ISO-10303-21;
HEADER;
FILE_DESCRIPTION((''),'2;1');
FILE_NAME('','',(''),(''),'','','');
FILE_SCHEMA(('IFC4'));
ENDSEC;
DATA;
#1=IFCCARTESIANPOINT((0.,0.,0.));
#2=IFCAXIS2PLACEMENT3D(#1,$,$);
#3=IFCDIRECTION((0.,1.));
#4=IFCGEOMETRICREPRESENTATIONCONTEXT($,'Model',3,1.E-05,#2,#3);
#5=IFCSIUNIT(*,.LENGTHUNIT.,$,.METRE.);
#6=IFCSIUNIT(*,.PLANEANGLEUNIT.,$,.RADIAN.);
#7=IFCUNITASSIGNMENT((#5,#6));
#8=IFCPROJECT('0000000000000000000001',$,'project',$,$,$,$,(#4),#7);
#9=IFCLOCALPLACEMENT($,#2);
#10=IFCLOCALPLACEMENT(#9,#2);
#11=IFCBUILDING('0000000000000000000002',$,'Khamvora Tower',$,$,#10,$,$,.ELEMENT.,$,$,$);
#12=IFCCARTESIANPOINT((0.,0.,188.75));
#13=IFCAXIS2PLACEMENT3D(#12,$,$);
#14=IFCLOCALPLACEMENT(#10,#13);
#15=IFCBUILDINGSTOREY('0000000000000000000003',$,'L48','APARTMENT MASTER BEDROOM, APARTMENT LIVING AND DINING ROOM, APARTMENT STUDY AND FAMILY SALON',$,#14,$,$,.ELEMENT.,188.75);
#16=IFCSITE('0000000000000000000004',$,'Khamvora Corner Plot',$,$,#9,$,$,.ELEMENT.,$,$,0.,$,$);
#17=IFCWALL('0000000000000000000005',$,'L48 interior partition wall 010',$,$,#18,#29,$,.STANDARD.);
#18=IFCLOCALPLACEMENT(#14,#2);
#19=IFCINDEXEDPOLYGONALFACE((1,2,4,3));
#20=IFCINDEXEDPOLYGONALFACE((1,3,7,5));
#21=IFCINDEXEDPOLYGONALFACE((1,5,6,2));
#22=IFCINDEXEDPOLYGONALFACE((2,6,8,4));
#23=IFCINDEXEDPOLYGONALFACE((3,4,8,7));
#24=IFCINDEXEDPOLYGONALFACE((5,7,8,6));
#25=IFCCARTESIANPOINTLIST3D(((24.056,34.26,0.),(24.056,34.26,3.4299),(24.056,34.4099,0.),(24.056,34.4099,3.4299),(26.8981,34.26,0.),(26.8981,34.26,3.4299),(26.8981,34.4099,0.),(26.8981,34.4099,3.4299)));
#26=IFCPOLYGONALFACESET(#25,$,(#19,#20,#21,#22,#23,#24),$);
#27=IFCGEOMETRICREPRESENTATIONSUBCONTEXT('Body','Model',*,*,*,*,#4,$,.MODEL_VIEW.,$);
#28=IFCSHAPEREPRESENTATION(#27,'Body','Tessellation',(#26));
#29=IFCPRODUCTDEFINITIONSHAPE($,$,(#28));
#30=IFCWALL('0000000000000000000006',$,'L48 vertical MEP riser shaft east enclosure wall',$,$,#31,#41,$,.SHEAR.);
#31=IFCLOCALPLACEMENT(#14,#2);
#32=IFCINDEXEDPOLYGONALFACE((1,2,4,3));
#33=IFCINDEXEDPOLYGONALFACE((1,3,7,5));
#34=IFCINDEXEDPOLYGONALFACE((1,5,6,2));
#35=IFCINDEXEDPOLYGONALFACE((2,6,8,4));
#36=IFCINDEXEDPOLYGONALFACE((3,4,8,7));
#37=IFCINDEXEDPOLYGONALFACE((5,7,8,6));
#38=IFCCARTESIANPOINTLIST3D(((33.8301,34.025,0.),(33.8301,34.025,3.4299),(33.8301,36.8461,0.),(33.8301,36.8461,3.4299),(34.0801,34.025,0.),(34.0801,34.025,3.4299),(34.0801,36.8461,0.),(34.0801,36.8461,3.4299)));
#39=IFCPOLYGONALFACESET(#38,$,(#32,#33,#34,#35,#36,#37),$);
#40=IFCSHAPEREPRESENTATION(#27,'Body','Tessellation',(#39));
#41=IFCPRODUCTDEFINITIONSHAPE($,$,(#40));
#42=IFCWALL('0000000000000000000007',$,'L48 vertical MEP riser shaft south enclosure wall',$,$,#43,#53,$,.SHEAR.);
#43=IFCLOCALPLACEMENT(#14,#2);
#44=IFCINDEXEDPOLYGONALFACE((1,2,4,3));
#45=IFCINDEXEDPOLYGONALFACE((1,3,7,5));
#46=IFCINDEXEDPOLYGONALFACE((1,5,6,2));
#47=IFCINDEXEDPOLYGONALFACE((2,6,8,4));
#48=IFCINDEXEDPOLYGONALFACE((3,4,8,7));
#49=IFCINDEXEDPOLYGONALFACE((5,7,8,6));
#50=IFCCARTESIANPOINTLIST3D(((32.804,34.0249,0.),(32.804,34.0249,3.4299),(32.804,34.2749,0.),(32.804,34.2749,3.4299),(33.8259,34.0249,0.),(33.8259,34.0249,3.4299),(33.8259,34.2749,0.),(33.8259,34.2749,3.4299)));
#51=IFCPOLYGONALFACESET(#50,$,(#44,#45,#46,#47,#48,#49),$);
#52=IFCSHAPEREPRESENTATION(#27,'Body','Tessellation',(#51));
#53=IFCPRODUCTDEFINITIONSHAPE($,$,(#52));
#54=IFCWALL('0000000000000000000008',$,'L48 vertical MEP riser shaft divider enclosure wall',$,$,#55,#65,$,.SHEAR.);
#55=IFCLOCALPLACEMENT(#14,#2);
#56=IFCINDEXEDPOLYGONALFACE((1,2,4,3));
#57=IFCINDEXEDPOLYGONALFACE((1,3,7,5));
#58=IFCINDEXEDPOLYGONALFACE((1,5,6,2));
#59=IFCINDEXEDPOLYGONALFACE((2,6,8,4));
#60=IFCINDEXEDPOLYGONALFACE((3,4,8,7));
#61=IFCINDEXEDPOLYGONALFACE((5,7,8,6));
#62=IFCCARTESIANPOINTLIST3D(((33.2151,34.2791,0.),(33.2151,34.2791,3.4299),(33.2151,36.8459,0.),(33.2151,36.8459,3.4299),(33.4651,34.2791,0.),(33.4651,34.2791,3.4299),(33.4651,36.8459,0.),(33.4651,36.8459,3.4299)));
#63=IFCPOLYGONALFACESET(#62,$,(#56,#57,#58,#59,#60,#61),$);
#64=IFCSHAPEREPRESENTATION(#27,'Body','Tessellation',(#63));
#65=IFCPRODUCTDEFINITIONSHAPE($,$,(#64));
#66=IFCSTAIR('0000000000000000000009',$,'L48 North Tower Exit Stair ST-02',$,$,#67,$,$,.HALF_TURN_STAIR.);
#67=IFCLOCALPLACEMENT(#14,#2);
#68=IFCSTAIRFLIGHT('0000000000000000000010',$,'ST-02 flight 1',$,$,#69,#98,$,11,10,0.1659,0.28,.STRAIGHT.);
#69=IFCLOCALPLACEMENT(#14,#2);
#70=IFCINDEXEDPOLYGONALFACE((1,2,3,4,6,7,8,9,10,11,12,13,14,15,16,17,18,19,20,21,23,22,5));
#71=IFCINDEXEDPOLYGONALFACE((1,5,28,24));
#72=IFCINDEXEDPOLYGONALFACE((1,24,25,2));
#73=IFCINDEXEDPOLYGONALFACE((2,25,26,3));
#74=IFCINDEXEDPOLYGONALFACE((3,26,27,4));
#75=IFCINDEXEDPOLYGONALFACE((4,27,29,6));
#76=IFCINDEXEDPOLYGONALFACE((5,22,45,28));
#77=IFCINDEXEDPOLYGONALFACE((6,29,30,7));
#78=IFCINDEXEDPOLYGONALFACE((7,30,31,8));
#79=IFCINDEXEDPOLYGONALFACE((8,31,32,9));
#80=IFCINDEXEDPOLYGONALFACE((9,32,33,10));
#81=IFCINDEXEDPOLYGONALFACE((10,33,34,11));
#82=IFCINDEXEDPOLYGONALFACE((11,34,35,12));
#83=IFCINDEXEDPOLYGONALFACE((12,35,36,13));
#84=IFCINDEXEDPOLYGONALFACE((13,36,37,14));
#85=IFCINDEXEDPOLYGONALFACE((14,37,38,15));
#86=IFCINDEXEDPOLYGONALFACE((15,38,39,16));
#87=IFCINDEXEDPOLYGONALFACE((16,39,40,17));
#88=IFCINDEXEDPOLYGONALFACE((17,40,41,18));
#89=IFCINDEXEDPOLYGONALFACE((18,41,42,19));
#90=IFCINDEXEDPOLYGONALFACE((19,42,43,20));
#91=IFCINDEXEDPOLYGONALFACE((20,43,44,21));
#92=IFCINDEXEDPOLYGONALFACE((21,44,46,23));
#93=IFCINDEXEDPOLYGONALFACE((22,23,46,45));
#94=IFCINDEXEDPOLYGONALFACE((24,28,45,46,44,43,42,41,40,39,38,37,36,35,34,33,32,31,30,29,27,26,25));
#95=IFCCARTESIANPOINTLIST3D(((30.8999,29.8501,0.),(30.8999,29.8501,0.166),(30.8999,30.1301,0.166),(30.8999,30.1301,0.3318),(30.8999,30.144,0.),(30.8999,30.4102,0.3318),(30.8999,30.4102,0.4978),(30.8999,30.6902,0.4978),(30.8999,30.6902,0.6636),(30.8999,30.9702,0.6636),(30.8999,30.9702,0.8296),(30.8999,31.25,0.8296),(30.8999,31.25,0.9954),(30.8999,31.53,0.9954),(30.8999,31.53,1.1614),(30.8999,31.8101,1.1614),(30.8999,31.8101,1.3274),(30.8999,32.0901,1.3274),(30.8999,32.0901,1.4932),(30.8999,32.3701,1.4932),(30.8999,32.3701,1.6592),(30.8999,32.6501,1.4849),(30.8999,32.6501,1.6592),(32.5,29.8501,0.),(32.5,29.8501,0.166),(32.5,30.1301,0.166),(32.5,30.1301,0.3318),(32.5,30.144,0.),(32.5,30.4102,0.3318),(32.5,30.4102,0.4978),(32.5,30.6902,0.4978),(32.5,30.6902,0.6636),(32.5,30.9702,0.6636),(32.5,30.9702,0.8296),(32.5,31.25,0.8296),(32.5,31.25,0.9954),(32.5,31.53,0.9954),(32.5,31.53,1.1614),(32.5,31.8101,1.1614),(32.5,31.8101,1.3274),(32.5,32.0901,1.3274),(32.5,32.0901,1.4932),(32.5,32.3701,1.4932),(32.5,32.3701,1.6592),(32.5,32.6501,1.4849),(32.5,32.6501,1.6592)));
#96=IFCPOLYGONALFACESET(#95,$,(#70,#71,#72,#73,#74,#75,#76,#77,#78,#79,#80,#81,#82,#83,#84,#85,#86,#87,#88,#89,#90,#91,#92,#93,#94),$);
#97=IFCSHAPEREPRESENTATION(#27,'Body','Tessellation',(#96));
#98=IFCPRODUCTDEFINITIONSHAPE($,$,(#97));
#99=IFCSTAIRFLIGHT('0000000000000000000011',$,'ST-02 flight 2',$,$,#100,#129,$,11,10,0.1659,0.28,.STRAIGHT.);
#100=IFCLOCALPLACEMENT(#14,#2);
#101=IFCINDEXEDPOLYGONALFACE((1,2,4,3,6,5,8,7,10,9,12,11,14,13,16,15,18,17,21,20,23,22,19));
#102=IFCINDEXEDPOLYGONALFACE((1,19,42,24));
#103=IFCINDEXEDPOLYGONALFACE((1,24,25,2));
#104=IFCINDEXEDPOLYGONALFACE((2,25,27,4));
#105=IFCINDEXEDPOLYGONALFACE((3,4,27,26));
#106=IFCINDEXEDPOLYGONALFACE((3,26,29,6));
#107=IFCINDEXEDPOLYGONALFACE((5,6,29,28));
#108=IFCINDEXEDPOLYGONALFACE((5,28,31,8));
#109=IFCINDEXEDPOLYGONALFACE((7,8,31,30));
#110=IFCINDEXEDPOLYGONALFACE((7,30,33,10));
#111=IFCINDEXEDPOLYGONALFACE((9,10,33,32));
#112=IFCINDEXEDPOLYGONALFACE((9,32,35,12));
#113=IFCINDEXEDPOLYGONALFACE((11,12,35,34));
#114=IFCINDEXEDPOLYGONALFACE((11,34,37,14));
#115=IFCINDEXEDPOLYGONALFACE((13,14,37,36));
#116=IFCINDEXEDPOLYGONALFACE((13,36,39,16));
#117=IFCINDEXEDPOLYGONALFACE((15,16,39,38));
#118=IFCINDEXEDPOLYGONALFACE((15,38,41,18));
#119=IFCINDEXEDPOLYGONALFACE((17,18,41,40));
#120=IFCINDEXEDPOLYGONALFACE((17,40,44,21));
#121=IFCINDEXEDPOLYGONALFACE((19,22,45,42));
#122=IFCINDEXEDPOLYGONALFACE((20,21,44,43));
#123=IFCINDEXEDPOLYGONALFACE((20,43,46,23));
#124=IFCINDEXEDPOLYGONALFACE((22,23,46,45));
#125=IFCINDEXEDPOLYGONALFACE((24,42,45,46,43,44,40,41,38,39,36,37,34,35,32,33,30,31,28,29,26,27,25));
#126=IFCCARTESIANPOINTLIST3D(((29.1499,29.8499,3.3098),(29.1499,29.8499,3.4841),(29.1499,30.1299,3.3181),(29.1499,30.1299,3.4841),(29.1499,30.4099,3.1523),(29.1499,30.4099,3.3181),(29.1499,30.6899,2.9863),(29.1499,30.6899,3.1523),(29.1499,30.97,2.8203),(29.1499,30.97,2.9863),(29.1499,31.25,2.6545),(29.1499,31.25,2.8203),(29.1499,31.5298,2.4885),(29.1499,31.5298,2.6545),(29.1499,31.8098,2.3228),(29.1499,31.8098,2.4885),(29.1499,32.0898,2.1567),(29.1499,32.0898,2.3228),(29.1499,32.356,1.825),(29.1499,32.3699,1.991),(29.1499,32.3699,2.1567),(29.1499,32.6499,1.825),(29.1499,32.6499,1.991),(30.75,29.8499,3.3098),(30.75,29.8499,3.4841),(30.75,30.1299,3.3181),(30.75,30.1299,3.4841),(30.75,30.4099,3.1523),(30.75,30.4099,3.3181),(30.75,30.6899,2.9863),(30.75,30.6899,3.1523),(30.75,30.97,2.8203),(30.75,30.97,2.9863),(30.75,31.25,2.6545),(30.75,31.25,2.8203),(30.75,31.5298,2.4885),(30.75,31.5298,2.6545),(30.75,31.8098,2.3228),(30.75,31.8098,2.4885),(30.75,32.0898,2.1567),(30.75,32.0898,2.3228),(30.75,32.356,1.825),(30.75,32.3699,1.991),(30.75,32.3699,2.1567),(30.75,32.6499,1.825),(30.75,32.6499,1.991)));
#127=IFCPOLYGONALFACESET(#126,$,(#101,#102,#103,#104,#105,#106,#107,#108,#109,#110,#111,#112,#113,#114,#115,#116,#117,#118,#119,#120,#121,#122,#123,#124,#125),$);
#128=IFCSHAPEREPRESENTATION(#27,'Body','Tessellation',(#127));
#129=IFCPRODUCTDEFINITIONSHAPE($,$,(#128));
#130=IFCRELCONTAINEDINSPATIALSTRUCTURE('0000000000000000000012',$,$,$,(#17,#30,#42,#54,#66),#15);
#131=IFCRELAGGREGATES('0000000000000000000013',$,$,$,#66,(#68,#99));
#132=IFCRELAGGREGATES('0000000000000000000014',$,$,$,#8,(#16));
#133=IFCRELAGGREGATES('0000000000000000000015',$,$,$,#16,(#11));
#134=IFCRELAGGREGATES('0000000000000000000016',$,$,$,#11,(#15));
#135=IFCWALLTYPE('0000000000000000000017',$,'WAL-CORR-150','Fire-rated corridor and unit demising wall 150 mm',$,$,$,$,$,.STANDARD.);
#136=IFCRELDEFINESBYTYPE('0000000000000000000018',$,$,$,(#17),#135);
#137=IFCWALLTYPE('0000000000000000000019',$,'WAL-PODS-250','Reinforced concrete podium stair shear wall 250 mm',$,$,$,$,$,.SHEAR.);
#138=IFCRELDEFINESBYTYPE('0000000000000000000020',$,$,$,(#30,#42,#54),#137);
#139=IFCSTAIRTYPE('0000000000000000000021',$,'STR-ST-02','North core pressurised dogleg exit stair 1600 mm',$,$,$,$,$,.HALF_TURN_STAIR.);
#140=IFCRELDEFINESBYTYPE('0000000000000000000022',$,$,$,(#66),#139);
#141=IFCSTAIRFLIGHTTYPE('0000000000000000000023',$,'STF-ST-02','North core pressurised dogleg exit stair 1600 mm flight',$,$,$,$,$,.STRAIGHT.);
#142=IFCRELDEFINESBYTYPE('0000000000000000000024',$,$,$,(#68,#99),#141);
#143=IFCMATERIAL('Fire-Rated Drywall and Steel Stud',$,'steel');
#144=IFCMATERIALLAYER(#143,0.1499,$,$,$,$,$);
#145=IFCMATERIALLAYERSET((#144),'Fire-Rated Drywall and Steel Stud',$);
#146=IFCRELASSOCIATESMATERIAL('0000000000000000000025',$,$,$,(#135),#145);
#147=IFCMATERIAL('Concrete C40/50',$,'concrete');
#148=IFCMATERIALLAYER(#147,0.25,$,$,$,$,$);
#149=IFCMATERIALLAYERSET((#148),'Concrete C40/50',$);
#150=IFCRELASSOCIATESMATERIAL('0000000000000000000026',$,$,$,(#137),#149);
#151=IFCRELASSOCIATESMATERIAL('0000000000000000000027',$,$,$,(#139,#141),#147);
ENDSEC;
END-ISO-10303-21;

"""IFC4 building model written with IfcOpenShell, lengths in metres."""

from ifc_helpers import new_model, si_unit, direction, frame, frame_2d, origin, place, context, subcontext, project, spatial, polyline, rectangle, outline, extrude, material, layer, layer_set, type_object, element, aggregate, save


model = new_model("IFC4")

# Units and contexts
model_context = context("Model", 3, precision=1e-05, world=origin(), true_north=direction((0.0, 1.0)))
body_context = subcontext(model_context, "Body", "Model", "MODEL_VIEW")
ifc_project = project(units=[si_unit("LENGTHUNIT", "METRE"), si_unit("PLANEANGLEUNIT", "RADIAN")], contexts=[model_context])

# Site, building, storey
site_placement = place(None, origin())
site = spatial("IfcSite", under=ifc_project, at=site_placement, Name="Khamvora Corner Plot", CompositionType="ELEMENT", RefElevation=0.0)
building_placement = place(site_placement, origin())
building = spatial("IfcBuilding", under=site, at=building_placement, Name="Khamvora Tower", CompositionType="ELEMENT")
storey_placement = place(building_placement, frame((0.0, 0.0, 188.75)))
storey = spatial("IfcBuildingStorey", under=building, at=storey_placement, Name="L48", Description="APARTMENT MASTER BEDROOM, APARTMENT LIVING AND DINING ROOM, APARTMENT STUDY AND FAMILY SALON", CompositionType="ELEMENT", Elevation=188.75)

# Walls
ifc_material_1 = material(Name="Fire-Rated Drywall and Steel Stud", Category="steel")
ifc_layer_1 = layer(ifc_material_1, 0.1499)
ifc_layer_set_1 = layer_set([ifc_layer_1], Name="Fire-Rated Drywall and Steel Stud")
wall_type_1 = type_object("IfcWallType", Name="WAL-CORR-150", Description="Fire-rated corridor and unit demising wall 150 mm", PredefinedType="STANDARD", material=ifc_layer_set_1)
wall_1_placement = place(storey_placement, frame((26.8979, 34.335, 0.0), z_axis=(0.0, 0.0, 1.0), x_axis=(-1.0, 0.0, 0.0)))
element("IfcWall", 1, at=wall_1_placement, inside=storey, type_object=wall_type_1, Name="L48 interior partition wall 010", PredefinedType="STANDARD", context=body_context, shape_type="SweptSolid", body=[
    extrude(rectangle(XDim=2.842, YDim=0.1499, at=frame_2d((1.4209, 0.0))), origin(), (0.0, 0.0, 1.0), 3.4299),
])
ifc_material_2 = material(Name="Concrete C40/50", Category="concrete")
ifc_layer_2 = layer(ifc_material_2, 0.25)
ifc_layer_set_2 = layer_set([ifc_layer_2], Name="Concrete C40/50")
wall_type_2 = type_object("IfcWallType", Name="WAL-PODS-250", Description="Reinforced concrete podium stair shear wall 250 mm", PredefinedType="SHEAR", material=ifc_layer_set_2)
wall_2_placement = place(storey_placement, frame((33.9551, 34.0249, 0.0), z_axis=(0.0, 0.0, 1.0), x_axis=(0.0, 1.0, 0.0)))
element("IfcWall", 2, at=wall_2_placement, inside=storey, type_object=wall_type_2, Name="L48 vertical MEP riser shaft east enclosure wall", PredefinedType="SHEAR", context=body_context, shape_type="SweptSolid", body=[
    extrude(rectangle(XDim=2.821, YDim=0.25, at=frame_2d((1.4106, 0.0))), origin(), (0.0, 0.0, 1.0), 3.4299),
])
wall_3_placement = place(storey_placement, frame((32.804, 34.1499, 0.0), z_axis=(0.0, 0.0, 1.0), x_axis=(1.0, 0.0, 0.0)))
element("IfcWall", 3, at=wall_3_placement, inside=storey, type_object=wall_type_2, Name="L48 vertical MEP riser shaft south enclosure wall", PredefinedType="SHEAR", context=body_context, shape_type="SweptSolid", body=[
    extrude(rectangle(XDim=1.022, YDim=0.25, at=frame_2d((0.511, 0.0))), origin(), (0.0, 0.0, 1.0), 3.4299),
])
wall_4_placement = place(storey_placement, frame((33.3401, 34.2791, 0.0), z_axis=(0.0, 0.0, 1.0), x_axis=(0.0, 1.0, 0.0)))
element("IfcWall", 4, at=wall_4_placement, inside=storey, type_object=wall_type_2, Name="L48 vertical MEP riser shaft divider enclosure wall", PredefinedType="SHEAR", context=body_context, shape_type="SweptSolid", body=[
    extrude(rectangle(XDim=2.5669, YDim=0.25, at=frame_2d((1.2834, 0.0))), origin(), (0.0, 0.0, 1.0), 3.4299),
])

# Stair, stair flights
stair_type = type_object("IfcStairType", Name="STR-ST-02", Description="North core pressurised dogleg exit stair 1600 mm", PredefinedType="HALF_TURN_STAIR", material=ifc_material_2)
stair_placement = place(storey_placement, origin())
stair = element("IfcStair", 5, at=stair_placement, inside=storey, type_object=stair_type, Name="L48 North Tower Exit Stair ST-02", PredefinedType="HALF_TURN_STAIR")
stair_flight_type = type_object("IfcStairFlightType", Name="STF-ST-02", Description="North core pressurised dogleg exit stair 1600 mm flight", PredefinedType="STRAIGHT", material=ifc_material_2)
stair_flight_1_placement = place(storey_placement, frame((31.7, 29.8501, 0.0), z_axis=(0.0, 0.0, 1.0), x_axis=(0.0, 1.0, 0.0)))
stair_flight_1 = element("IfcStairFlight", 6, at=stair_flight_1_placement, type_object=stair_flight_type, Name="ST-02 flight 1", NumberOfRisers=11, NumberOfTreads=10, PredefinedType="STRAIGHT", RiserHeight=0.1659, TreadLength=0.28, context=body_context, shape_type="SweptSolid", body=[
    extrude(outline(polyline([(0.0, 0.0), (0.0, 0.166), (0.28, 0.166), (0.28, 0.3318), (0.5601, 0.3318), (0.5601, 0.4978), (0.8401, 0.4978), (0.8401, 0.6636), (1.1201, 0.6636), (1.1201, 0.8296), (1.3999, 0.8296), (1.3999, 0.9954), (1.6799, 0.9954), (1.6799, 1.1614), (1.96, 1.1614), (1.96, 1.3274), (2.24, 1.3274), (2.24, 1.4932), (2.52, 1.4932), (2.52, 1.6592), (2.8, 1.6592), (2.8, 1.825), (2.8, 1.4849), (0.2939, 0.0), (0.0, 0.0)])), frame((0.0, 0.8, 0.0), z_axis=(0.0, -1.0, 0.0), x_axis=(1.0, 0.0, 0.0)), (0.0, 0.0, 1.0), 1.6001),
])
stair_flight_2_placement = place(storey_placement, frame((29.95, 32.6499, 1.825), z_axis=(0.0, 0.0, 1.0), x_axis=(0.0, -1.0, 0.0)))
stair_flight_2 = element("IfcStairFlight", 7, at=stair_flight_2_placement, type_object=stair_flight_type, Name="ST-02 flight 2", NumberOfRisers=11, NumberOfTreads=10, PredefinedType="STRAIGHT", RiserHeight=0.1659, TreadLength=0.28, context=body_context, shape_type="SweptSolid", body=[
    extrude(outline(polyline([(0.0, 0.0), (0.0, 0.166), (0.28, 0.166), (0.28, 0.3318), (0.5601, 0.3318), (0.5601, 0.4978), (0.8401, 0.4978), (0.8401, 0.6636), (1.1201, 0.6636), (1.1201, 0.8296), (1.3999, 0.8296), (1.3999, 0.9954), (1.6799, 0.9954), (1.6799, 1.1614), (1.96, 1.1614), (1.96, 1.3274), (2.24, 1.3274), (2.24, 1.4932), (2.52, 1.4932), (2.52, 1.6592), (2.8, 1.6592), (2.8, 1.825), (2.8, 1.4849), (0.2939, 0.0), (0.0, 0.0)])), frame((0.0, 0.8, 0.0), z_axis=(0.0, -1.0, 0.0), x_axis=(1.0, 0.0, 0.0)), (0.0, 0.0, 1.0), 1.6001),
])
aggregate(stair, [stair_flight_1, stair_flight_2])

save(model, "model.ifc")
